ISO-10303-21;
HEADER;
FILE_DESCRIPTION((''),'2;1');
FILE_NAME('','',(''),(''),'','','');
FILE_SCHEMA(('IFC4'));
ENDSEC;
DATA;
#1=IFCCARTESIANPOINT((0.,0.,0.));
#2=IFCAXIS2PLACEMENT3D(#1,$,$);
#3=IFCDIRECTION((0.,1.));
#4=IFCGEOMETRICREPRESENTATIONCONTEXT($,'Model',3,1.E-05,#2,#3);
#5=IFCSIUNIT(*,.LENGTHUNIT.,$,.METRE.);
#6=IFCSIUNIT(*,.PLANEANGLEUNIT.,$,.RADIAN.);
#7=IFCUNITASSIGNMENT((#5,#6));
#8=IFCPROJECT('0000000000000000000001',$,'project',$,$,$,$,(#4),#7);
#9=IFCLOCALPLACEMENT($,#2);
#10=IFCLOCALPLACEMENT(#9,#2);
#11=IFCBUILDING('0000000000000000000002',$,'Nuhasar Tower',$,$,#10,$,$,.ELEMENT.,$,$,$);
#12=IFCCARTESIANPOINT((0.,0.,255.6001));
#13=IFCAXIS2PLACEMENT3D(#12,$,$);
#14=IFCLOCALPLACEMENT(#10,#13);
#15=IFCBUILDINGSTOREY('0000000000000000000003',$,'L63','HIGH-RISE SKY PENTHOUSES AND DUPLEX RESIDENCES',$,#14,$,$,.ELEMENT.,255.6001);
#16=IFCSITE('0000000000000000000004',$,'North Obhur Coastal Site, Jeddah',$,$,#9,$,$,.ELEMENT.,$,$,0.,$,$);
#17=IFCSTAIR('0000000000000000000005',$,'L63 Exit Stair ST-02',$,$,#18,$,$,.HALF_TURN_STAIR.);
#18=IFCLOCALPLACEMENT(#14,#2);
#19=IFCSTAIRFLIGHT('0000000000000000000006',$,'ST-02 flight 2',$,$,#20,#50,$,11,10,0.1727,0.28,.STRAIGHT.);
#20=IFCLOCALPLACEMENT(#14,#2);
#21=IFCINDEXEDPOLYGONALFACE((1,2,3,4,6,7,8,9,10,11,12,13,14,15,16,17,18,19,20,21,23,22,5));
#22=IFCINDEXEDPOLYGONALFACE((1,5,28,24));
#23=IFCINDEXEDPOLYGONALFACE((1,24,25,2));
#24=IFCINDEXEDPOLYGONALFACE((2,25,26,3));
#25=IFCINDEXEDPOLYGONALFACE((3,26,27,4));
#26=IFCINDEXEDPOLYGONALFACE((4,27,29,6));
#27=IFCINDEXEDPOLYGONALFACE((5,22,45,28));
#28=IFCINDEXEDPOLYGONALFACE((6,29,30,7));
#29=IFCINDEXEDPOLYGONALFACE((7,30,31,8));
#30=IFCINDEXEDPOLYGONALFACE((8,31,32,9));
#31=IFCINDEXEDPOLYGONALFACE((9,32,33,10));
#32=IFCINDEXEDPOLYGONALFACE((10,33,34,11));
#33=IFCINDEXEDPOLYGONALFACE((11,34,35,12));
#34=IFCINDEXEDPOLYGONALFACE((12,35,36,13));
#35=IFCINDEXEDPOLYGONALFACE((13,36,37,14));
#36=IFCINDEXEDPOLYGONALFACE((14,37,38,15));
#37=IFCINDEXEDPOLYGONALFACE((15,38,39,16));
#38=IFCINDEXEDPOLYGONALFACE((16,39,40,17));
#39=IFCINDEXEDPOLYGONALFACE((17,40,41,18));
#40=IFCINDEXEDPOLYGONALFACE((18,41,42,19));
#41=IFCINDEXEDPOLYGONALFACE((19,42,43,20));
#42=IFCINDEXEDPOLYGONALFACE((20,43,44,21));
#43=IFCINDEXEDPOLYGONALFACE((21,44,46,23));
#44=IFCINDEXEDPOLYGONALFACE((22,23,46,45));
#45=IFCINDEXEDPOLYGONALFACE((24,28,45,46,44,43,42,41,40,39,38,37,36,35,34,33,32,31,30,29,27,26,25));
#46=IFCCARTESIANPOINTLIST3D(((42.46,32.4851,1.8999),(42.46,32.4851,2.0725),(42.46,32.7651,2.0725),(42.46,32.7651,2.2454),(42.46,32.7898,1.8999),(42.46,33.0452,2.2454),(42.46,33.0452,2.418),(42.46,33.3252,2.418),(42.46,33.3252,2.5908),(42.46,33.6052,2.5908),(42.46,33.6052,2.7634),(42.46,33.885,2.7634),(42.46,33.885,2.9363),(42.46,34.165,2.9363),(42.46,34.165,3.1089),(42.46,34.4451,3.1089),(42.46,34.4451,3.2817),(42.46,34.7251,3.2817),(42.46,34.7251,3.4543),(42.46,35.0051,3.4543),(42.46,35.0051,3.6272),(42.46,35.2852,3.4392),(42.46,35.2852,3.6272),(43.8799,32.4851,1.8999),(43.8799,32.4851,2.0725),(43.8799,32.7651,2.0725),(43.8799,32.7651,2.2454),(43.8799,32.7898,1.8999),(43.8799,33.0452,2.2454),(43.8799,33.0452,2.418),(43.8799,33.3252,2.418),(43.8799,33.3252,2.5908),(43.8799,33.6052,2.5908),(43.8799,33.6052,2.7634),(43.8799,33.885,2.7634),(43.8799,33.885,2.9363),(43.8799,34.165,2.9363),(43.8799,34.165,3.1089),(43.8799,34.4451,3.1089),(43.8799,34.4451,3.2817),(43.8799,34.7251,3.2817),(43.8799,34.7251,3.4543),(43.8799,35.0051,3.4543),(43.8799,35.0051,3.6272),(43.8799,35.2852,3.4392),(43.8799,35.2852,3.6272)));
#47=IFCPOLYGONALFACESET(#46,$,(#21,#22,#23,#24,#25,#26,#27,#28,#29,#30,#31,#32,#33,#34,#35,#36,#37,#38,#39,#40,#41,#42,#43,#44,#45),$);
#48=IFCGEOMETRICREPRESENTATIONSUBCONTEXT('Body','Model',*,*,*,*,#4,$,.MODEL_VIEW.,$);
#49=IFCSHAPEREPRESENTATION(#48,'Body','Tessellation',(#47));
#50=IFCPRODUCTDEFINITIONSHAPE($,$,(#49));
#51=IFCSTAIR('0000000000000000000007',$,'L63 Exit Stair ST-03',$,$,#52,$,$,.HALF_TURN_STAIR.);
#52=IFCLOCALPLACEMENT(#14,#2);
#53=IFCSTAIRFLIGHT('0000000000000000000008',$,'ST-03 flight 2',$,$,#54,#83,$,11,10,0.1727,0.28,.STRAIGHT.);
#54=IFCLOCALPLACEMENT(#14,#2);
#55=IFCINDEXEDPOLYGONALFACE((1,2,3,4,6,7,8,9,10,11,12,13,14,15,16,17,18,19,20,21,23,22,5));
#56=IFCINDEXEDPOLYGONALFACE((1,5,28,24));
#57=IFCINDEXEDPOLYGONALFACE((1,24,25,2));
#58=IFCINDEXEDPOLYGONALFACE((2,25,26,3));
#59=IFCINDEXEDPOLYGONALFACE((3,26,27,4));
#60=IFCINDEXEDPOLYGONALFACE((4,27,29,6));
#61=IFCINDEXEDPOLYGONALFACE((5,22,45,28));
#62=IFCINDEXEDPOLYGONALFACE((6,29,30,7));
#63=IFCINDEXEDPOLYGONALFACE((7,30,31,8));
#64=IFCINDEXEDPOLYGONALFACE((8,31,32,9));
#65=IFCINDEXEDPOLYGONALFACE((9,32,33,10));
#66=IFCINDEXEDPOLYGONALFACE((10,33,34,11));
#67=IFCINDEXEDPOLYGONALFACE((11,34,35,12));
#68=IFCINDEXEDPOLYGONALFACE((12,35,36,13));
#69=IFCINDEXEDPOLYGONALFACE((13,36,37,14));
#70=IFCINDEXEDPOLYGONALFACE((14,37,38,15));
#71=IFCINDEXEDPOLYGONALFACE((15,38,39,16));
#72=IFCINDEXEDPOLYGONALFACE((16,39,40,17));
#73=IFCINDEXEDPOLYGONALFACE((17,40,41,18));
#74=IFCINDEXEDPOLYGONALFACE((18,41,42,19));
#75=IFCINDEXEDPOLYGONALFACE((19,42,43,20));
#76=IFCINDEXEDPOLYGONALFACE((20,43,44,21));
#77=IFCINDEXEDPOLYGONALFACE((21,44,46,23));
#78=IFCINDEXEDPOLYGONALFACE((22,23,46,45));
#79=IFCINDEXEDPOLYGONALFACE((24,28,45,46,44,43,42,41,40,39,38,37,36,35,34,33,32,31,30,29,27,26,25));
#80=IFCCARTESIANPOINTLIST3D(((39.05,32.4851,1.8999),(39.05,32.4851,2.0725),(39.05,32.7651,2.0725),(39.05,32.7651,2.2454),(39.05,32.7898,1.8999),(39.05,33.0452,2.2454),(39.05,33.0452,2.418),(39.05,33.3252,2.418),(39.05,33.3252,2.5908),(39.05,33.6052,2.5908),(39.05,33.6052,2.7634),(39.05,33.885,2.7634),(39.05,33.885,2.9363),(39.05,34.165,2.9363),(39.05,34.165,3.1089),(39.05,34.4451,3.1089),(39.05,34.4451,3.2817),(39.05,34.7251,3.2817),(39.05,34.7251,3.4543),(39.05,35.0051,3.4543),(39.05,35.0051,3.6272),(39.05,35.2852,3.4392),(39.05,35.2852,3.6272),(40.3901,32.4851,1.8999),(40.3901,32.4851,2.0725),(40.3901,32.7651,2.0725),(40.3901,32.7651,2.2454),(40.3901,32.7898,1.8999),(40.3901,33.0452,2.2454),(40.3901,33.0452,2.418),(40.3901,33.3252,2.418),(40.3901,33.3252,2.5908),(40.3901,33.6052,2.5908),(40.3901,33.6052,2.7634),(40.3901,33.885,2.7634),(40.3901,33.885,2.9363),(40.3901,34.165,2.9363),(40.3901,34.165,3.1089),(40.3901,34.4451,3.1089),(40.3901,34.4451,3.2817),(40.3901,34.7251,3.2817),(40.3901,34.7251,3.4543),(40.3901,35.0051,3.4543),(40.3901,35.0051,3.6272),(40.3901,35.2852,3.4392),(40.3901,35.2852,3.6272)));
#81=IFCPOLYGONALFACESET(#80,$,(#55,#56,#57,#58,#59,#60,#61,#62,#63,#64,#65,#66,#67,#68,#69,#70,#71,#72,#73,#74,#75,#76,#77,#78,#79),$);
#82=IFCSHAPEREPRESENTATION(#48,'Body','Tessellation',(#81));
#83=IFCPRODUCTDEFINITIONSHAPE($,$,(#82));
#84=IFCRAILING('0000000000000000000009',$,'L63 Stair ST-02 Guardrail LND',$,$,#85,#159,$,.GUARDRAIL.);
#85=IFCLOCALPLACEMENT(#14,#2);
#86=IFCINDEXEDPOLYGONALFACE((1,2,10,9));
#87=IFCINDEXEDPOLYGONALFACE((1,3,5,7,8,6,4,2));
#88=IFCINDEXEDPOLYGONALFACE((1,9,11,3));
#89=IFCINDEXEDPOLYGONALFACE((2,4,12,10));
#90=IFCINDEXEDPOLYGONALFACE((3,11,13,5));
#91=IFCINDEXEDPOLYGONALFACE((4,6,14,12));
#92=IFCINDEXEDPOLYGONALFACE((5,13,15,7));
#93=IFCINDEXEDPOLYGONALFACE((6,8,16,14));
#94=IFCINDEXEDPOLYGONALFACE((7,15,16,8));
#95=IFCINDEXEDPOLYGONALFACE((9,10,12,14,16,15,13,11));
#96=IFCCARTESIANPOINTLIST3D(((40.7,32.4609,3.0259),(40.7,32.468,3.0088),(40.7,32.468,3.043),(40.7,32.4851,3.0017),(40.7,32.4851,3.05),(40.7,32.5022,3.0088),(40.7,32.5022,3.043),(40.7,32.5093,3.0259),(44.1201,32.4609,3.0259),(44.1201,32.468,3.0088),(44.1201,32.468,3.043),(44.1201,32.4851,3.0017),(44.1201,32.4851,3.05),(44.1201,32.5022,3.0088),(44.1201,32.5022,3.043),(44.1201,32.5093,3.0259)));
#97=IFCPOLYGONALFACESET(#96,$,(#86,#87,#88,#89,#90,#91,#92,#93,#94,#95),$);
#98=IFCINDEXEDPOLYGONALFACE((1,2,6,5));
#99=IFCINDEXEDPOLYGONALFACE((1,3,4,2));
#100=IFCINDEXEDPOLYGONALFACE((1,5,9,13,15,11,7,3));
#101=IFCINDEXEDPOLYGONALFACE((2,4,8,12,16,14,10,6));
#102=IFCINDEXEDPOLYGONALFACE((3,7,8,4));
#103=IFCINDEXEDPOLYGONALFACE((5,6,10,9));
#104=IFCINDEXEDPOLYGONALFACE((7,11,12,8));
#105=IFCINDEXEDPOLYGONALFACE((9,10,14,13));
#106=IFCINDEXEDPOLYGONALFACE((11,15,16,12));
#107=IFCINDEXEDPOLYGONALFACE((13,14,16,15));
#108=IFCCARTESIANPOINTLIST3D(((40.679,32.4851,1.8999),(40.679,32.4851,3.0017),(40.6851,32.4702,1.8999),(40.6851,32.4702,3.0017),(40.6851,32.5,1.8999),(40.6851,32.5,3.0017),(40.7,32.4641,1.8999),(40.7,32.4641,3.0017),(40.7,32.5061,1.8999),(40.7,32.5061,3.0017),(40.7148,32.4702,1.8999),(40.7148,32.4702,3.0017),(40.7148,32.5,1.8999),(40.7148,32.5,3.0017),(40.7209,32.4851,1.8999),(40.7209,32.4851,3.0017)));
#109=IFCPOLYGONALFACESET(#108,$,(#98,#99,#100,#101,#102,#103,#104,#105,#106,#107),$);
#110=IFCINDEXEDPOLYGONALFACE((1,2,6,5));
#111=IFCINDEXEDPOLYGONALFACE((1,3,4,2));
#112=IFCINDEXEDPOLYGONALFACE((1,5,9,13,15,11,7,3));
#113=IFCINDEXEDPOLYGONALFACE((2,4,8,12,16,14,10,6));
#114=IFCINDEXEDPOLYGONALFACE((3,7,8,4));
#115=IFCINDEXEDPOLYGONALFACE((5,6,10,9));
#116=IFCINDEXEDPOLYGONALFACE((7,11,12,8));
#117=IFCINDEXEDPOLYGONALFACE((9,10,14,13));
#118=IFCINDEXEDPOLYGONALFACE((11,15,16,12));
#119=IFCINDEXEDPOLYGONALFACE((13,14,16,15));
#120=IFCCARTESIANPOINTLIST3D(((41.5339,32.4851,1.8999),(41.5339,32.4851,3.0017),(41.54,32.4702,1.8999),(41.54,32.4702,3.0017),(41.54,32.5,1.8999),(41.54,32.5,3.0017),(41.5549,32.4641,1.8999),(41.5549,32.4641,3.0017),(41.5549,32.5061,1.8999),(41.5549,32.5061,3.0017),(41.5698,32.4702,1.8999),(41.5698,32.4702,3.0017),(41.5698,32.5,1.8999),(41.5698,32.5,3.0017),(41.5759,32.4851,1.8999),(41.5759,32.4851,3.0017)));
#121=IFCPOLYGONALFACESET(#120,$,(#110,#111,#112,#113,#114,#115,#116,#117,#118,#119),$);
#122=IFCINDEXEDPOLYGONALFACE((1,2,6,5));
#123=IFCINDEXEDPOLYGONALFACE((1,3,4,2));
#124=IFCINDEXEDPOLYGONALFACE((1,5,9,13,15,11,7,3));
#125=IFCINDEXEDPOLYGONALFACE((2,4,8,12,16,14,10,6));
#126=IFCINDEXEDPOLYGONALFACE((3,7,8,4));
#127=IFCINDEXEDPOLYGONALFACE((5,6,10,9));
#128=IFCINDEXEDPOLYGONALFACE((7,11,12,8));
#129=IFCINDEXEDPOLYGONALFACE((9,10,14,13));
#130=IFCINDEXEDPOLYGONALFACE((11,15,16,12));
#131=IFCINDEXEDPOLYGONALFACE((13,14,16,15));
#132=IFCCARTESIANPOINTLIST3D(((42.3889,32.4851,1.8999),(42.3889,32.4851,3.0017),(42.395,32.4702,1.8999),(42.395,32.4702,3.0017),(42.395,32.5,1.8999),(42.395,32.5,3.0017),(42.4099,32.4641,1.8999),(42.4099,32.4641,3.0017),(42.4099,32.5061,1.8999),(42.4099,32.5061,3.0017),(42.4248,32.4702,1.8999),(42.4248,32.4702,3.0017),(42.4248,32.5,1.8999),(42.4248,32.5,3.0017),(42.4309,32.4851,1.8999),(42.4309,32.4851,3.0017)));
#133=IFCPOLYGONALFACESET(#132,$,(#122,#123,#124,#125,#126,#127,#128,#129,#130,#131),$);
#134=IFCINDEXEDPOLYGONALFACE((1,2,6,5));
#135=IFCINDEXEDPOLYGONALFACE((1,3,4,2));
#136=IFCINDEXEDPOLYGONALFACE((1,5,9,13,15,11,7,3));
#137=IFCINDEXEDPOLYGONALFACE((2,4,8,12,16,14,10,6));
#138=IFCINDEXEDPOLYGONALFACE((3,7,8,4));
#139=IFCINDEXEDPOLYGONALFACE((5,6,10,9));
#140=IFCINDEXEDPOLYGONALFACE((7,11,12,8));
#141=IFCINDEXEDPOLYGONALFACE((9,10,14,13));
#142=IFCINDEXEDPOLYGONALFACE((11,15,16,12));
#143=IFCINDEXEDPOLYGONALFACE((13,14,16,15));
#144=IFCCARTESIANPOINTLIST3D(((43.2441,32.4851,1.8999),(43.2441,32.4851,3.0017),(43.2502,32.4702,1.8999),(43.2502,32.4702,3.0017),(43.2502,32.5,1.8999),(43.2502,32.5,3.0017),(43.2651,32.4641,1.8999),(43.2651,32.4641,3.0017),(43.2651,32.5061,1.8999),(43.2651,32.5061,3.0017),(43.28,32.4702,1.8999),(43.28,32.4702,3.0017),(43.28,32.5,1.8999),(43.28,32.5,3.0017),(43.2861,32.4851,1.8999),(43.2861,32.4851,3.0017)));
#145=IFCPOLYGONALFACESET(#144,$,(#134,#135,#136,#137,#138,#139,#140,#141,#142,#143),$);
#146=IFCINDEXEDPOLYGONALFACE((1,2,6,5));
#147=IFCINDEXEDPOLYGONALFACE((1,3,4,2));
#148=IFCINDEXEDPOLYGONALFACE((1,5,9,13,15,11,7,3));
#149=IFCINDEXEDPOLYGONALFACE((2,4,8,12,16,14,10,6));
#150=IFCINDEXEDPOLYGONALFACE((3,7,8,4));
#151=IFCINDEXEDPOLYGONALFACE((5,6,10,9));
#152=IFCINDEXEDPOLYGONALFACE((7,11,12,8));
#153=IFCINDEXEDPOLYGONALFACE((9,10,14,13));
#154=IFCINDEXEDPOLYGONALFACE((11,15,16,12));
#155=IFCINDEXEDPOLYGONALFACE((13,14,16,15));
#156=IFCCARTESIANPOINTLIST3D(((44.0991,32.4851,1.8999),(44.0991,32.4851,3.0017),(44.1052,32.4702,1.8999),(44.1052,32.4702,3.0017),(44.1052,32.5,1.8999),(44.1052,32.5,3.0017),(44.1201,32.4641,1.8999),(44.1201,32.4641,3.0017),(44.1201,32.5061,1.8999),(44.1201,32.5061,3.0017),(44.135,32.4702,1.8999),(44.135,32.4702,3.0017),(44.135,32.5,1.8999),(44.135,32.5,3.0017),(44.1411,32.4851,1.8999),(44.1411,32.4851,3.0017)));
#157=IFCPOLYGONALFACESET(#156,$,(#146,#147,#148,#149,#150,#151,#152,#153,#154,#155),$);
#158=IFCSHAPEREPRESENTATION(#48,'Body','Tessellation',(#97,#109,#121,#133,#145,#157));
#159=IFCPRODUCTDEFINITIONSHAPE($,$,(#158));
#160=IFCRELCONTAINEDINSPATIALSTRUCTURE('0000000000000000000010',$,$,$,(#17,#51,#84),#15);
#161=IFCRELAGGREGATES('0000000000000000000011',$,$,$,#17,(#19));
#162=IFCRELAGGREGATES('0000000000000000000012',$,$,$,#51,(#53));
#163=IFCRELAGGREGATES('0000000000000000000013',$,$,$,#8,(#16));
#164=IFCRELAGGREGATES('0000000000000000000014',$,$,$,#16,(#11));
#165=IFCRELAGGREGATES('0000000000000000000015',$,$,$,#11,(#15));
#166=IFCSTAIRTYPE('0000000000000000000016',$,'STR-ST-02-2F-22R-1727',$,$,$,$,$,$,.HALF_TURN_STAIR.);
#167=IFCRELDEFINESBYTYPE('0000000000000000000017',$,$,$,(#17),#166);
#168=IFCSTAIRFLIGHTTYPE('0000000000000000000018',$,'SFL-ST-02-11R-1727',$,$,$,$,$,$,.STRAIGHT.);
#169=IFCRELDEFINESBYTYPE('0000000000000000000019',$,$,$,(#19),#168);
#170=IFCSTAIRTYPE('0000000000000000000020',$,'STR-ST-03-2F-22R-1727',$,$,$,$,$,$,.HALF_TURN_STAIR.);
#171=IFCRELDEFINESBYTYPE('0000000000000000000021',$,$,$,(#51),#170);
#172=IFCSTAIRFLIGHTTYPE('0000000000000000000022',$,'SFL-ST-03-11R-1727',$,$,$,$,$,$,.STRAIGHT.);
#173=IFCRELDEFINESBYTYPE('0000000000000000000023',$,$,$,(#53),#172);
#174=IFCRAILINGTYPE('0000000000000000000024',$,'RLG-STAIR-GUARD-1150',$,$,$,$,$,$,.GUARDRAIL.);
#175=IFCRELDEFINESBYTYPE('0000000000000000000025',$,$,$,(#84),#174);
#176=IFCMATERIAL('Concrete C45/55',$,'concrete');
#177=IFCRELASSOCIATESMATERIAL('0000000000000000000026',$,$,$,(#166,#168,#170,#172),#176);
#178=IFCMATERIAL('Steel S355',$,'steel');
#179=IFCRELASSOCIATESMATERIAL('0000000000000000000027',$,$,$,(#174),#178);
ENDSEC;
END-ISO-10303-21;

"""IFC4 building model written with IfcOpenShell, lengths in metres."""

from ifc_helpers import new_model, si_unit, direction, frame, origin, place, context, subcontext, project, spatial, polyline, outline, extrude, material, type_object, element, aggregate, save


model = new_model("IFC4")

# Units and contexts
model_context = context("Model", 3, precision=1e-05, world=origin(), true_north=direction((0.0, 1.0)))
body_context = subcontext(model_context, "Body", "Model", "MODEL_VIEW")
ifc_project = project(units=[si_unit("LENGTHUNIT", "METRE"), si_unit("PLANEANGLEUNIT", "RADIAN")], contexts=[model_context])

# Site, building, storey
site_placement = place(None, origin())
site = spatial("IfcSite", under=ifc_project, at=site_placement, Name="North Obhur Coastal Site, Jeddah", CompositionType="ELEMENT", RefElevation=0.0)
building_placement = place(site_placement, origin())
building = spatial("IfcBuilding", under=site, at=building_placement, Name="Nuhasar Tower", CompositionType="ELEMENT")
storey_placement = place(building_placement, frame((0.0, 0.0, 255.6001)))
storey = spatial("IfcBuildingStorey", under=building, at=storey_placement, Name="L63", Description="HIGH-RISE SKY PENTHOUSES AND DUPLEX RESIDENCES", CompositionType="ELEMENT", Elevation=255.6001)

# Shared definitions
ifc_material_1 = material(Name="Steel S355", Category="steel")

# Shared definitions
ifc_material_2 = material(Name="Concrete C45/55", Category="concrete")

# Stair, stair flight
stair_type_1 = type_object("IfcStairType", Name="STR-ST-02-2F-22R-1727", PredefinedType="HALF_TURN_STAIR", material=ifc_material_2)
stair_1_placement = place(storey_placement, origin())
stair_1 = element("IfcStair", 1, at=stair_1_placement, inside=storey, type_object=stair_type_1, Name="L63 Exit Stair ST-02", PredefinedType="HALF_TURN_STAIR")
stair_flight_type_1 = type_object("IfcStairFlightType", Name="SFL-ST-02-11R-1727", PredefinedType="STRAIGHT", material=ifc_material_2)
stair_flight_1_placement = place(storey_placement, frame((43.1699, 32.4851, 1.8999), z_axis=(0.0, 0.0, 1.0), x_axis=(0.0, 1.0, 0.0)))
stair_flight_1 = element("IfcStairFlight", 2, at=stair_flight_1_placement, type_object=stair_flight_type_1, Name="ST-02 flight 2", NumberOfRisers=11, NumberOfTreads=10, PredefinedType="STRAIGHT", RiserHeight=0.1727, TreadLength=0.28, context=body_context, shape_type="SweptSolid", body=[
    extrude(outline(polyline([(0.0, 0.0), (0.0, 0.1726), (0.28, 0.1726), (0.28, 0.3455), (0.5601, 0.3455), (0.5601, 0.5181), (0.8401, 0.5181), (0.8401, 0.6909), (1.1201, 0.6909), (1.1201, 0.8635), (1.3999, 0.8635), (1.3999, 1.0364), (1.6799, 1.0364), (1.6799, 1.209), (1.96, 1.209), (1.96, 1.3818), (2.24, 1.3818), (2.24, 1.5544), (2.52, 1.5544), (2.52, 1.7273), (2.8, 1.7273), (2.8, 1.8999), (2.8, 1.5393), (0.3047, 0.0), (0.0, 0.0)])), frame((0.0, 0.71, 0.0), z_axis=(0.0, -1.0, 0.0), x_axis=(1.0, 0.0, 0.0)), (0.0, 0.0, 1.0), 1.4199),
])
aggregate(stair_1, [stair_flight_1])

# Stair, stair flight
stair_type_2 = type_object("IfcStairType", Name="STR-ST-03-2F-22R-1727", PredefinedType="HALF_TURN_STAIR", material=ifc_material_2)
stair_2_placement = place(storey_placement, origin())
stair_2 = element("IfcStair", 3, at=stair_2_placement, inside=storey, type_object=stair_type_2, Name="L63 Exit Stair ST-03", PredefinedType="HALF_TURN_STAIR")
stair_flight_type_2 = type_object("IfcStairFlightType", Name="SFL-ST-03-11R-1727", PredefinedType="STRAIGHT", material=ifc_material_2)
stair_flight_2_placement = place(storey_placement, frame((39.72, 32.4851, 1.8999), z_axis=(0.0, 0.0, 1.0), x_axis=(0.0, 1.0, 0.0)))
stair_flight_2 = element("IfcStairFlight", 4, at=stair_flight_2_placement, type_object=stair_flight_type_2, Name="ST-03 flight 2", NumberOfRisers=11, NumberOfTreads=10, PredefinedType="STRAIGHT", RiserHeight=0.1727, TreadLength=0.28, context=body_context, shape_type="SweptSolid", body=[
    extrude(outline(polyline([(0.0, 0.0), (0.0, 0.1726), (0.28, 0.1726), (0.28, 0.3455), (0.5601, 0.3455), (0.5601, 0.5181), (0.8401, 0.5181), (0.8401, 0.6909), (1.1201, 0.6909), (1.1201, 0.8635), (1.3999, 0.8635), (1.3999, 1.0364), (1.6799, 1.0364), (1.6799, 1.209), (1.96, 1.209), (1.96, 1.3818), (2.24, 1.3818), (2.24, 1.5544), (2.52, 1.5544), (2.52, 1.7273), (2.8, 1.7273), (2.8, 1.8999), (2.8, 1.5393), (0.3047, 0.0), (0.0, 0.0)])), frame((0.0, 0.6699, 0.0), z_axis=(0.0, -1.0, 0.0), x_axis=(1.0, 0.0, 0.0)), (0.0, 0.0, 1.0), 1.3401),
])
aggregate(stair_2, [stair_flight_2])

# Railing
railing_type_1 = type_object("IfcRailingType", Name="RLG-STAIR-GUARD-1150", PredefinedType="GUARDRAIL", material=ifc_material_1)
railing_1_placement = place(storey_placement, frame((40.7, 32.4851, 1.8999)))
element("IfcRailing", 5, at=railing_1_placement, inside=storey, type_object=railing_type_1, Name="L63 Stair ST-02 Guardrail LND", PredefinedType="GUARDRAIL", context=body_context, shape_type="SweptSolid", body=[
    extrude(outline(polyline([(0.0242, 0.0), (0.0171, 0.0171), (0.0, 0.0242), (-0.0171, 0.0171), (-0.0242, 0.0), (-0.0171, -0.0171), (0.0, -0.0242), (0.0171, -0.0171), (0.0242, 0.0)])), frame((0.0, 0.0, 1.126), z_axis=(1.0, 0.0, 0.0), x_axis=(0.0, 1.0, 0.0)), (0.0, 0.0, 1.0), 3.4202),
    extrude(outline(polyline([(0.021, 0.0), (0.0149, 0.0149), (0.0, 0.021), (-0.0149, 0.0149), (-0.021, 0.0), (-0.0149, -0.0149), (0.0, -0.021), (0.0149, -0.0149), (0.021, 0.0)])), origin(), (0.0, 0.0, 1.0), 1.1018),
    extrude(outline(polyline([(0.021, 0.0), (0.0149, 0.0149), (0.0, 0.021), (-0.0149, 0.0149), (-0.021, 0.0), (-0.0149, -0.0149), (0.0, -0.021), (0.0149, -0.0149), (0.021, 0.0)])), frame((0.855, 0.0, 0.0)), (0.0, 0.0, 1.0), 1.1018),
    extrude(outline(polyline([(0.021, 0.0), (0.0149, 0.0149), (0.0, 0.021), (-0.0149, 0.0149), (-0.021, 0.0), (-0.0149, -0.0149), (0.0, -0.021), (0.0149, -0.0149), (0.021, 0.0)])), frame((1.71, 0.0, 0.0)), (0.0, 0.0, 1.0), 1.1018),
    extrude(outline(polyline([(0.021, 0.0), (0.0149, 0.0149), (0.0, 0.021), (-0.0149, 0.0149), (-0.021, 0.0), (-0.0149, -0.0149), (0.0, -0.021), (0.0149, -0.0149), (0.021, 0.0)])), frame((2.5652, 0.0, 0.0)), (0.0, 0.0, 1.0), 1.1018),
    extrude(outline(polyline([(0.021, 0.0), (0.0149, 0.0149), (0.0, 0.021), (-0.0149, 0.0149), (-0.021, 0.0), (-0.0149, -0.0149), (0.0, -0.021), (0.0149, -0.0149), (0.021, 0.0)])), frame((3.4202, 0.0, 0.0)), (0.0, 0.0, 1.0), 1.1018),
])

save(model, "model.ifc")
